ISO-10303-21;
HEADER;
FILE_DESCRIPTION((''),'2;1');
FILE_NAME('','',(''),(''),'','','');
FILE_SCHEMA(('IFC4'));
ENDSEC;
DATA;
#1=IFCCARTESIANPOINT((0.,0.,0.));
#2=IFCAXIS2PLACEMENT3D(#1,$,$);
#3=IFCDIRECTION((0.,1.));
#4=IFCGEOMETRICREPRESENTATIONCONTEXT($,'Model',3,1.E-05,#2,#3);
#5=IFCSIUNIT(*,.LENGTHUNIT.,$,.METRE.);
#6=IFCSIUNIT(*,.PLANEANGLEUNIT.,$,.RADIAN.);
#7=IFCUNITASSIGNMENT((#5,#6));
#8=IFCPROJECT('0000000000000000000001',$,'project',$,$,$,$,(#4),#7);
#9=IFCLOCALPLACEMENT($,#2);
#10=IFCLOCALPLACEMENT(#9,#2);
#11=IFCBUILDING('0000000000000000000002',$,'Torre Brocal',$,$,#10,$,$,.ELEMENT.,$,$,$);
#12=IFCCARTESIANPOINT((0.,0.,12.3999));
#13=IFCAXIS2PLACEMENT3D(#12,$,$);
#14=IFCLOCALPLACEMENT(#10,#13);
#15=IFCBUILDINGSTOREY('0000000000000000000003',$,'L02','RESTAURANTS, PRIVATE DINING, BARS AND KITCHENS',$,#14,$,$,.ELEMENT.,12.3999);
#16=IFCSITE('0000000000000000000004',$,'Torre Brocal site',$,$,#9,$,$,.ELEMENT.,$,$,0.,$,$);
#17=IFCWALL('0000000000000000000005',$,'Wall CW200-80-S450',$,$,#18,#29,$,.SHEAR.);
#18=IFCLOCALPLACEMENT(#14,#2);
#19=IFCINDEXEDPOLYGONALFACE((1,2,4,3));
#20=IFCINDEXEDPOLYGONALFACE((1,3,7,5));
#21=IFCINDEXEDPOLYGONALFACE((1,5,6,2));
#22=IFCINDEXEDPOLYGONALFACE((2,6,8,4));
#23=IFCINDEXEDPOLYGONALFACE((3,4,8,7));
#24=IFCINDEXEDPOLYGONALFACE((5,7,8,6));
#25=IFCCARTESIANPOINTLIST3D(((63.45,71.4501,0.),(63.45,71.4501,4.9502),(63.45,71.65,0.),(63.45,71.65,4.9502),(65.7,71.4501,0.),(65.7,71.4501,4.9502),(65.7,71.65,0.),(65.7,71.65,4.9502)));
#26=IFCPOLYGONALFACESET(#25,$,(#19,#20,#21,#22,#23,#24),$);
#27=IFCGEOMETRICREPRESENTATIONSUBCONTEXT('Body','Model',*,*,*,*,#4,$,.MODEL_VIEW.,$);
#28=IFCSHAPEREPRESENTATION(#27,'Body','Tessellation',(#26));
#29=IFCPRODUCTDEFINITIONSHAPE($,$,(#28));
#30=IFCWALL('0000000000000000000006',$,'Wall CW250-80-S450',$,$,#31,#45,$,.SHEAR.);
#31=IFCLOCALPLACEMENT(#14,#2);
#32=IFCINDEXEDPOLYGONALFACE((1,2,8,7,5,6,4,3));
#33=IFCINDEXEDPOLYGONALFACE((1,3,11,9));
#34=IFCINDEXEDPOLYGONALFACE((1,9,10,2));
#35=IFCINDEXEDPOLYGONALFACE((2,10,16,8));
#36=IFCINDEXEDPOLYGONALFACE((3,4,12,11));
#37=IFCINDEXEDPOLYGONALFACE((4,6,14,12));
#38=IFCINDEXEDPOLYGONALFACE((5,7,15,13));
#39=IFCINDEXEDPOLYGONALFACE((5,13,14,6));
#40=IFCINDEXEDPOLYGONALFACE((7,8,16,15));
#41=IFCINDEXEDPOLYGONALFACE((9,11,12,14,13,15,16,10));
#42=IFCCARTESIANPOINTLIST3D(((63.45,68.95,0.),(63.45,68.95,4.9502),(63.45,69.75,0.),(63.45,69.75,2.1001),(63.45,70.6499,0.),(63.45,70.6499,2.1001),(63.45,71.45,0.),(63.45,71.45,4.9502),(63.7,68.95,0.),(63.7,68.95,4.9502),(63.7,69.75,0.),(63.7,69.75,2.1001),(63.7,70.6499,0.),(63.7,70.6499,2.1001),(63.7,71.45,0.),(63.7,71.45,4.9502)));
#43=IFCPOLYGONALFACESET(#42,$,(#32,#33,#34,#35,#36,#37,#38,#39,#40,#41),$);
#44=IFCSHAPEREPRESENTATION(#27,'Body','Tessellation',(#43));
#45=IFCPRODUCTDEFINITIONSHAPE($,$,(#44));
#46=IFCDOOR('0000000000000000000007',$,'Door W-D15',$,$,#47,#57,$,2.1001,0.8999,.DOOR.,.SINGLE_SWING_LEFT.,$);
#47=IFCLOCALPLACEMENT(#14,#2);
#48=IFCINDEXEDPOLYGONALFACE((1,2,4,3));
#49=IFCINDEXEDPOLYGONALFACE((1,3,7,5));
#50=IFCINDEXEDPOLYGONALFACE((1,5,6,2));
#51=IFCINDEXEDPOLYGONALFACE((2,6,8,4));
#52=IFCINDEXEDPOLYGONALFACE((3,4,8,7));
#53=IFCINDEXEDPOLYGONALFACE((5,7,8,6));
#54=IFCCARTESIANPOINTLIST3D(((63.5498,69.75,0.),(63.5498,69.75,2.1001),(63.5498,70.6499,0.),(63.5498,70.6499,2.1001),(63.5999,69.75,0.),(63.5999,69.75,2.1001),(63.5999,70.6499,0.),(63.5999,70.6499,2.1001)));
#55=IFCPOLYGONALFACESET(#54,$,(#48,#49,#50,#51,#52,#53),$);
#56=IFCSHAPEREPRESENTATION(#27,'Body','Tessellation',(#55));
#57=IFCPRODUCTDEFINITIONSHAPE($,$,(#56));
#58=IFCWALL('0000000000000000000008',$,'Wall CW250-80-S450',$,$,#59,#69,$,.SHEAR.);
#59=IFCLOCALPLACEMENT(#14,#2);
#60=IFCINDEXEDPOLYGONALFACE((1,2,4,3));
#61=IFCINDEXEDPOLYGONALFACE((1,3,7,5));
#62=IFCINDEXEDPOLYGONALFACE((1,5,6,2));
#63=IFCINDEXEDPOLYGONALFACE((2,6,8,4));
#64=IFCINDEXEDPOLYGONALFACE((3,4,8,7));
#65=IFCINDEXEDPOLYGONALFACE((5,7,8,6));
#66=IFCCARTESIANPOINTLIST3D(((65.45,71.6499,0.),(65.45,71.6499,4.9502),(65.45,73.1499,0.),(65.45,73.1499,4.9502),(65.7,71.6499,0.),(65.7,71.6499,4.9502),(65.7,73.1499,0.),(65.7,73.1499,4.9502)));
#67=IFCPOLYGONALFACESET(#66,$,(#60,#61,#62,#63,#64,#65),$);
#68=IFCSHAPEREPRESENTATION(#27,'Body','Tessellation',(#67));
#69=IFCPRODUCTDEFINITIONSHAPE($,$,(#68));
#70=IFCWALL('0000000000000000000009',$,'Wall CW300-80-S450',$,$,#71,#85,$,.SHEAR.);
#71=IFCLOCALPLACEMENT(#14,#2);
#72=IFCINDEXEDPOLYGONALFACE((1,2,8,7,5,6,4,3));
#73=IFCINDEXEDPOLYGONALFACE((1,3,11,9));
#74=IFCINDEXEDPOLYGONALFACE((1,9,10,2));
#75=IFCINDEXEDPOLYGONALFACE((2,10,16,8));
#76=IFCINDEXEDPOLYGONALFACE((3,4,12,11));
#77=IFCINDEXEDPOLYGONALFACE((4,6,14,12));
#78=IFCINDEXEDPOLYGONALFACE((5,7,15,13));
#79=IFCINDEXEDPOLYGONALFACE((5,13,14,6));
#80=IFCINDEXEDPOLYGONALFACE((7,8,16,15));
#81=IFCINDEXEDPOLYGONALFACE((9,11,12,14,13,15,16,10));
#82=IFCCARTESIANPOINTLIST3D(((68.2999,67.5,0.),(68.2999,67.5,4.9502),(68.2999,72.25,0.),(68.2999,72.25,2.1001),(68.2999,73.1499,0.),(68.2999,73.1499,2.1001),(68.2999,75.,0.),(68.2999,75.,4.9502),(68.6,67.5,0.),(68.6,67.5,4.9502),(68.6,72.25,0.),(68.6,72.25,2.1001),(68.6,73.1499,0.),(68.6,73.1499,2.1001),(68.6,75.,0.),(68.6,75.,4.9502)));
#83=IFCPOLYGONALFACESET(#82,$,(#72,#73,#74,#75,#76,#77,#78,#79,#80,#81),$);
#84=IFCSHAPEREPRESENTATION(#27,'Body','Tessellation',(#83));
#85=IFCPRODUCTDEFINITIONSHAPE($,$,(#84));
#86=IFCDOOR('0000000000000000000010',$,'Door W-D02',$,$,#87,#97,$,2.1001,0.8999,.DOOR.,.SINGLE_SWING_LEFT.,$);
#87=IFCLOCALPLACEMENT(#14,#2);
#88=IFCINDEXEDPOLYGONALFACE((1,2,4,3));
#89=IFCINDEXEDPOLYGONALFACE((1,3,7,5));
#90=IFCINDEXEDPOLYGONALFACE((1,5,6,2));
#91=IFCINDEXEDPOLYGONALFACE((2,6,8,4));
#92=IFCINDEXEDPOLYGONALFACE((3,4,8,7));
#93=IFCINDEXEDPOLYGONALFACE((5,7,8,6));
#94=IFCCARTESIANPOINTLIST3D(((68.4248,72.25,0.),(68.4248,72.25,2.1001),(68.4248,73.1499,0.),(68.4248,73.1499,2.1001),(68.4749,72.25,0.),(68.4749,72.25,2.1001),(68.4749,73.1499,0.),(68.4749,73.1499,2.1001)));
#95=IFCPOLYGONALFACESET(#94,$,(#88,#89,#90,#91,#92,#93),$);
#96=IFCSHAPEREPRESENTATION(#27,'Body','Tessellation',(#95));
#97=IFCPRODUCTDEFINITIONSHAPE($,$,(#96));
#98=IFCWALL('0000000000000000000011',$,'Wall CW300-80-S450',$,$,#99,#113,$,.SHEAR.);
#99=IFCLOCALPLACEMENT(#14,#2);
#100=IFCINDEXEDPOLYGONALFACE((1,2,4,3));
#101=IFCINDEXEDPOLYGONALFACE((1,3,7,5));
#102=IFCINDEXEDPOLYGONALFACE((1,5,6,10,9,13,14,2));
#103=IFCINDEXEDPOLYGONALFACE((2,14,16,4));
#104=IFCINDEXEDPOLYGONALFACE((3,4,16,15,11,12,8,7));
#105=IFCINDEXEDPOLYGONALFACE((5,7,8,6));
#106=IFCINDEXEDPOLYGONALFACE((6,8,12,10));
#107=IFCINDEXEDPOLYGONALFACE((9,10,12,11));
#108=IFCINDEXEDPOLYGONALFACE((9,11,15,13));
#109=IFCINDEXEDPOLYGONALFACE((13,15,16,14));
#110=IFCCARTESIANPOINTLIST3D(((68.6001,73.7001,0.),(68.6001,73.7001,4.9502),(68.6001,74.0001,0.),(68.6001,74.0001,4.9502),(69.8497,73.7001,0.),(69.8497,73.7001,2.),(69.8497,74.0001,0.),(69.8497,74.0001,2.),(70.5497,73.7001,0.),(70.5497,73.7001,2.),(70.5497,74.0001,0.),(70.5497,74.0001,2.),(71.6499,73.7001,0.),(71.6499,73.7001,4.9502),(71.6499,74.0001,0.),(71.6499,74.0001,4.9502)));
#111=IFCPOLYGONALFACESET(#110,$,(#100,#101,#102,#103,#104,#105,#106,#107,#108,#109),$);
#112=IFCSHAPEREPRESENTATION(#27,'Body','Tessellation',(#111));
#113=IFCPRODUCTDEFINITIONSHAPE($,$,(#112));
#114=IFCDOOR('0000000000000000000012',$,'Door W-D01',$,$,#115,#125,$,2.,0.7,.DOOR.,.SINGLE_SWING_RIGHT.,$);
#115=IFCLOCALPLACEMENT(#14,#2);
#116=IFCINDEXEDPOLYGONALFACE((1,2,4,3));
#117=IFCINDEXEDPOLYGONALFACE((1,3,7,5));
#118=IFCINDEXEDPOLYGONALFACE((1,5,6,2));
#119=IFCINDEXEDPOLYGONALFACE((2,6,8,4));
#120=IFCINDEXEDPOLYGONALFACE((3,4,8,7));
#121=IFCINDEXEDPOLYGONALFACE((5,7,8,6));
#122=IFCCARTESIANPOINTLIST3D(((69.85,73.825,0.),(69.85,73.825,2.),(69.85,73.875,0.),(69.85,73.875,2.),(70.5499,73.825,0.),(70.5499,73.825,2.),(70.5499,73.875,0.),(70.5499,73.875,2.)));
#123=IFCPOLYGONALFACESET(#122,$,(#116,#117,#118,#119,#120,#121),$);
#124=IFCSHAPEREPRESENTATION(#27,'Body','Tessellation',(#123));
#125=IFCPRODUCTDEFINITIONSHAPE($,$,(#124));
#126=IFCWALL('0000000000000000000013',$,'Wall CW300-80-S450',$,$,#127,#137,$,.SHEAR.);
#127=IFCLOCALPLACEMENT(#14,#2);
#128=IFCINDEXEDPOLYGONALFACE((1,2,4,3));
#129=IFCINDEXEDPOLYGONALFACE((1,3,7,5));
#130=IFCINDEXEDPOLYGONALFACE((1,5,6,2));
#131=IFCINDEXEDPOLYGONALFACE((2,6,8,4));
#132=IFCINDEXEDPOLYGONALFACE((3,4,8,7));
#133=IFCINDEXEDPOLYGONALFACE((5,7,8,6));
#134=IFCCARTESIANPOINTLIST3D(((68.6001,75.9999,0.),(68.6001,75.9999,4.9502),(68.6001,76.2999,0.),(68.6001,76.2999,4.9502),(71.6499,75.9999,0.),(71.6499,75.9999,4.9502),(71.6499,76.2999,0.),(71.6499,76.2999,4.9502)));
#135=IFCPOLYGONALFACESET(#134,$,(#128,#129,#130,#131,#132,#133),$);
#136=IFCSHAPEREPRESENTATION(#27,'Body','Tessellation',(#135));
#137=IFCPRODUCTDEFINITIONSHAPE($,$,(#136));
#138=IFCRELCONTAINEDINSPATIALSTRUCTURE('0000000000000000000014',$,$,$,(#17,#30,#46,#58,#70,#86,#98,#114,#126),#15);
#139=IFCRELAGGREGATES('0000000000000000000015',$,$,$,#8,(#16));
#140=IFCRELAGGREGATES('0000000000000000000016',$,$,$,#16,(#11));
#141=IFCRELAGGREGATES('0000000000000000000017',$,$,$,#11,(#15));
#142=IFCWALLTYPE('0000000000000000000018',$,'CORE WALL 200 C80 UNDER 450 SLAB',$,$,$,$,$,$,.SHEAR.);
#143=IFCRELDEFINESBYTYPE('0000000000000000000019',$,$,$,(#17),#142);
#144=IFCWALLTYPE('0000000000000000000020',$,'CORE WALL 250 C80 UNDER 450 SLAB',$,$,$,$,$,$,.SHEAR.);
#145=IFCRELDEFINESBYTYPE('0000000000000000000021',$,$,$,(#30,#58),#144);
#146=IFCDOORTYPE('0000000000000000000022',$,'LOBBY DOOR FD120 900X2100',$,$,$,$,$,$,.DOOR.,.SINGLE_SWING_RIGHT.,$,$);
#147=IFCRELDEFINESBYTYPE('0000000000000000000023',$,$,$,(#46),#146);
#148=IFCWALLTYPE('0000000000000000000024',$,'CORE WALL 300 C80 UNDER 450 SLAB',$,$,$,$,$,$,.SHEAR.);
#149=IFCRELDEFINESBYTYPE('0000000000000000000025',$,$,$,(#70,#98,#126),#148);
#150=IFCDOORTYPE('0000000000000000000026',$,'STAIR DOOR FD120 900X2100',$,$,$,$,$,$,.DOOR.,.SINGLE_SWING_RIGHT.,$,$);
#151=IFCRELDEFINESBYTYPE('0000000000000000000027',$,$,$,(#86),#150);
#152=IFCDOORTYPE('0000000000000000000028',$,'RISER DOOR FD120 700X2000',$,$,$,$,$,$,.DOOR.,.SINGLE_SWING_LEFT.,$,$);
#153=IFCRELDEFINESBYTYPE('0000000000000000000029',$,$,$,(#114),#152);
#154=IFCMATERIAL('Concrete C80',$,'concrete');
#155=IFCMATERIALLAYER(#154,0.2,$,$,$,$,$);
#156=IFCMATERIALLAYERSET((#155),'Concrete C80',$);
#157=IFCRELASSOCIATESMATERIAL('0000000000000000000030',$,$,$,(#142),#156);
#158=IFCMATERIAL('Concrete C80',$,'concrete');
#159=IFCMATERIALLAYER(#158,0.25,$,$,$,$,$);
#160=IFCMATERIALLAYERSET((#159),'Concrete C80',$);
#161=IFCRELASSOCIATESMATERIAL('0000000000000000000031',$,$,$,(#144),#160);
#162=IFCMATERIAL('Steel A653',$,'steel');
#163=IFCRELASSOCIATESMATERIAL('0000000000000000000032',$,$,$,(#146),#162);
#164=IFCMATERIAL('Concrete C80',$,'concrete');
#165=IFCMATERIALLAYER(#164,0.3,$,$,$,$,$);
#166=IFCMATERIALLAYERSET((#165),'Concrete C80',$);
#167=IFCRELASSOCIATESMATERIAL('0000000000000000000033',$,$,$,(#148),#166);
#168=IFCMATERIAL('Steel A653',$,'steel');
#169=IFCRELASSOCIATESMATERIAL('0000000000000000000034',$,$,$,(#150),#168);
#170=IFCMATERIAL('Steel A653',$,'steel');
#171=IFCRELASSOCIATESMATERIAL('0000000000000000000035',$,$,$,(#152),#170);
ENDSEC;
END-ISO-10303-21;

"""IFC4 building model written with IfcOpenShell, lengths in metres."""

from ifc_helpers import new_model, si_unit, direction, frame, frame_2d, origin, place, context, subcontext, project, spatial, rectangle, extrude, material, layer, layer_set, type_object, element, fill, save


model = new_model("IFC4")

# Units and contexts
model_context = context("Model", 3, precision=1e-05, world=origin(), true_north=direction((0.0, 1.0)))
body_context = subcontext(model_context, "Body", "Model", "MODEL_VIEW")
ifc_project = project(units=[si_unit("LENGTHUNIT", "METRE"), si_unit("PLANEANGLEUNIT", "RADIAN")], contexts=[model_context])

# Site, building, storey
site_placement = place(None, origin())
site = spatial("IfcSite", under=ifc_project, at=site_placement, Name="Torre Brocal site", CompositionType="ELEMENT", RefElevation=0.0)
building_placement = place(site_placement, origin())
building = spatial("IfcBuilding", under=site, at=building_placement, Name="Torre Brocal", CompositionType="ELEMENT")
storey_placement = place(building_placement, frame((0.0, 0.0, 12.3999)))
storey = spatial("IfcBuildingStorey", under=building, at=storey_placement, Name="L02", Description="RESTAURANTS, PRIVATE DINING, BARS AND KITCHENS", CompositionType="ELEMENT", Elevation=12.3999)

# Wall
ifc_material_1 = material(Name="Concrete C80", Category="concrete")
ifc_layer_1 = layer(ifc_material_1, 0.2)
ifc_layer_set_1 = layer_set([ifc_layer_1], Name="Concrete C80")
wall_type_1 = type_object("IfcWallType", Name="CORE WALL 200 C80 UNDER 450 SLAB", PredefinedType="SHEAR", material=ifc_layer_set_1)
wall_1_placement = place(storey_placement, frame((65.7, 71.55, 0.0), z_axis=(0.0, 0.0, 1.0), x_axis=(-1.0, 0.0, 0.0)))
element("IfcWall", 1, at=wall_1_placement, inside=storey, type_object=wall_type_1, Name="Wall CW200-80-S450", PredefinedType="SHEAR", context=body_context, shape_type="SweptSolid", body=[
    extrude(rectangle(XDim=2.25, YDim=0.2, at=frame_2d((1.125, 0.0))), origin(), (0.0, 0.0, 1.0), 4.9502),
])

# Wall, opening, door
ifc_material_2 = material(Name="Concrete C80", Category="concrete")
ifc_layer_2 = layer(ifc_material_2, 0.25)
ifc_layer_set_2 = layer_set([ifc_layer_2], Name="Concrete C80")
wall_type_2 = type_object("IfcWallType", Name="CORE WALL 250 C80 UNDER 450 SLAB", PredefinedType="SHEAR", material=ifc_layer_set_2)
wall_2_placement = place(storey_placement, frame((63.575, 71.45, 0.0), z_axis=(0.0, 0.0, 1.0), x_axis=(0.0, -1.0, 0.0)))
wall_2 = element("IfcWall", 2, at=wall_2_placement, inside=storey, type_object=wall_type_2, Name="Wall CW250-80-S450", PredefinedType="SHEAR", context=body_context, shape_type="SweptSolid", body=[
    extrude(rectangle(XDim=2.5, YDim=0.25, at=frame_2d((1.25, 0.0))), origin(), (0.0, 0.0, 1.0), 4.9502),
])
opening_1_placement = place(wall_2_placement, frame((0.8, 0.0, 0.0)))
opening_1 = element("IfcOpeningElement", 3, at=opening_1_placement, cuts=wall_2, PredefinedType="OPENING", context=body_context, shape_type="SweptSolid", body=[
    extrude(rectangle(XDim=0.8999, YDim=2.1001, at=frame_2d((0.45, 1.05))), frame((0.0, 0.135, 0.0), z_axis=(0.0, -1.0, 0.0), x_axis=(1.0, 0.0, 0.0)), (0.0, 0.0, 1.0), 0.27),
])
ifc_material_3 = material(Name="Steel A653", Category="steel")
door_type_1 = type_object("IfcDoorType", Name="LOBBY DOOR FD120 900X2100", OperationType="SINGLE_SWING_RIGHT", PredefinedType="DOOR", material=ifc_material_3)
door_1_placement = place(opening_1_placement, origin())
door_1 = element("IfcDoor", 4, at=door_1_placement, inside=storey, type_object=door_type_1, Name="Door W-D15", OperationType="SINGLE_SWING_LEFT", OverallHeight=2.1001, OverallWidth=0.8999, PredefinedType="DOOR", context=body_context, shape_type="SweptSolid", body=[
    extrude(rectangle(XDim=0.8999, YDim=2.1001, at=frame_2d((0.45, 1.05))), frame((0.0, 0.0249, 0.0), z_axis=(0.0, -1.0, 0.0), x_axis=(1.0, 0.0, 0.0)), (0.0, 0.0, 1.0), 0.05),
])
fill(opening_1, door_1)

# Wall
wall_3_placement = place(storey_placement, frame((65.575, 73.1499, 0.0), z_axis=(0.0, 0.0, 1.0), x_axis=(0.0, -1.0, 0.0)))
element("IfcWall", 5, at=wall_3_placement, inside=storey, type_object=wall_type_2, Name="Wall CW250-80-S450", PredefinedType="SHEAR", context=body_context, shape_type="SweptSolid", body=[
    extrude(rectangle(XDim=1.5, YDim=0.25, at=frame_2d((0.75, 0.0))), origin(), (0.0, 0.0, 1.0), 4.9502),
])

# Walls, openings, doors
ifc_material_4 = material(Name="Concrete C80", Category="concrete")
ifc_layer_3 = layer(ifc_material_4, 0.3)
ifc_layer_set_3 = layer_set([ifc_layer_3], Name="Concrete C80")
wall_type_3 = type_object("IfcWallType", Name="CORE WALL 300 C80 UNDER 450 SLAB", PredefinedType="SHEAR", material=ifc_layer_set_3)
wall_4_placement = place(storey_placement, frame((68.45, 75.0, 0.0), z_axis=(0.0, 0.0, 1.0), x_axis=(0.0, -1.0, 0.0)))
wall_4 = element("IfcWall", 6, at=wall_4_placement, inside=storey, type_object=wall_type_3, Name="Wall CW300-80-S450", PredefinedType="SHEAR", context=body_context, shape_type="SweptSolid", body=[
    extrude(rectangle(XDim=7.5, YDim=0.3, at=frame_2d((3.75, 0.0))), origin(), (0.0, 0.0, 1.0), 4.9502),
])
opening_2_placement = place(wall_4_placement, frame((1.8501, 0.0, 0.0)))
opening_2 = element("IfcOpeningElement", 7, at=opening_2_placement, cuts=wall_4, PredefinedType="OPENING", context=body_context, shape_type="SweptSolid", body=[
    extrude(rectangle(XDim=0.8999, YDim=2.1001, at=frame_2d((0.45, 1.05))), frame((0.0, 0.1599, 0.0), z_axis=(0.0, -1.0, 0.0), x_axis=(1.0, 0.0, 0.0)), (0.0, 0.0, 1.0), 0.3201),
])
ifc_material_5 = material(Name="Steel A653", Category="steel")
door_type_2 = type_object("IfcDoorType", Name="STAIR DOOR FD120 900X2100", OperationType="SINGLE_SWING_RIGHT", PredefinedType="DOOR", material=ifc_material_5)
door_2_placement = place(opening_2_placement, origin())
door_2 = element("IfcDoor", 8, at=door_2_placement, inside=storey, type_object=door_type_2, Name="Door W-D02", OperationType="SINGLE_SWING_LEFT", OverallHeight=2.1001, OverallWidth=0.8999, PredefinedType="DOOR", context=body_context, shape_type="SweptSolid", body=[
    extrude(rectangle(XDim=0.8999, YDim=2.1001, at=frame_2d((0.45, 1.05))), frame((0.0, 0.0249, 0.0), z_axis=(0.0, -1.0, 0.0), x_axis=(1.0, 0.0, 0.0)), (0.0, 0.0, 1.0), 0.05),
])
fill(opening_2, door_2)
wall_5_placement = place(storey_placement, frame((71.6499, 73.8501, 0.0), z_axis=(0.0, 0.0, 1.0), x_axis=(-1.0, 0.0, 0.0)))
wall_5 = element("IfcWall", 9, at=wall_5_placement, inside=storey, type_object=wall_type_3, Name="Wall CW300-80-S450", PredefinedType="SHEAR", context=body_context, shape_type="SweptSolid", body=[
    extrude(rectangle(XDim=3.0498, YDim=0.3, at=frame_2d((1.5249, 0.0))), origin(), (0.0, 0.0, 1.0), 4.9502),
])
opening_3_placement = place(wall_5_placement, frame((1.1001, 0.0, 0.0)))
opening_3 = element("IfcOpeningElement", 10, at=opening_3_placement, cuts=wall_5, PredefinedType="OPENING", context=body_context, shape_type="SweptSolid", body=[
    extrude(rectangle(XDim=0.7, YDim=2.0, at=frame_2d((0.3501, 1.0))), frame((0.0, 0.1599, 0.0), z_axis=(0.0, -1.0, 0.0), x_axis=(1.0, 0.0, 0.0)), (0.0, 0.0, 1.0), 0.3201),
])
ifc_material_6 = material(Name="Steel A653", Category="steel")
door_type_3 = type_object("IfcDoorType", Name="RISER DOOR FD120 700X2000", OperationType="SINGLE_SWING_LEFT", PredefinedType="DOOR", material=ifc_material_6)
door_3_placement = place(opening_3_placement, frame((0.7, 0.0, 0.0), z_axis=(0.0, 0.0, 1.0), x_axis=(-1.0, 0.0, 0.0)))
door_3 = element("IfcDoor", 11, at=door_3_placement, inside=storey, type_object=door_type_3, Name="Door W-D01", OperationType="SINGLE_SWING_RIGHT", OverallHeight=2.0, OverallWidth=0.7, PredefinedType="DOOR", context=body_context, shape_type="SweptSolid", body=[
    extrude(rectangle(XDim=0.7, YDim=2.0, at=frame_2d((0.3501, 1.0))), frame((0.0, 0.0249, 0.0), z_axis=(0.0, -1.0, 0.0), x_axis=(1.0, 0.0, 0.0)), (0.0, 0.0, 1.0), 0.05),
])
fill(opening_3, door_3)

# Wall
wall_6_placement = place(storey_placement, frame((71.6499, 76.1499, 0.0), z_axis=(0.0, 0.0, 1.0), x_axis=(-1.0, 0.0, 0.0)))
element("IfcWall", 12, at=wall_6_placement, inside=storey, type_object=wall_type_3, Name="Wall CW300-80-S450", PredefinedType="SHEAR", context=body_context, shape_type="SweptSolid", body=[
    extrude(rectangle(XDim=3.0498, YDim=0.3, at=frame_2d((1.5249, 0.0))), origin(), (0.0, 0.0, 1.0), 4.9502),
])

save(model, "model.ifc")
